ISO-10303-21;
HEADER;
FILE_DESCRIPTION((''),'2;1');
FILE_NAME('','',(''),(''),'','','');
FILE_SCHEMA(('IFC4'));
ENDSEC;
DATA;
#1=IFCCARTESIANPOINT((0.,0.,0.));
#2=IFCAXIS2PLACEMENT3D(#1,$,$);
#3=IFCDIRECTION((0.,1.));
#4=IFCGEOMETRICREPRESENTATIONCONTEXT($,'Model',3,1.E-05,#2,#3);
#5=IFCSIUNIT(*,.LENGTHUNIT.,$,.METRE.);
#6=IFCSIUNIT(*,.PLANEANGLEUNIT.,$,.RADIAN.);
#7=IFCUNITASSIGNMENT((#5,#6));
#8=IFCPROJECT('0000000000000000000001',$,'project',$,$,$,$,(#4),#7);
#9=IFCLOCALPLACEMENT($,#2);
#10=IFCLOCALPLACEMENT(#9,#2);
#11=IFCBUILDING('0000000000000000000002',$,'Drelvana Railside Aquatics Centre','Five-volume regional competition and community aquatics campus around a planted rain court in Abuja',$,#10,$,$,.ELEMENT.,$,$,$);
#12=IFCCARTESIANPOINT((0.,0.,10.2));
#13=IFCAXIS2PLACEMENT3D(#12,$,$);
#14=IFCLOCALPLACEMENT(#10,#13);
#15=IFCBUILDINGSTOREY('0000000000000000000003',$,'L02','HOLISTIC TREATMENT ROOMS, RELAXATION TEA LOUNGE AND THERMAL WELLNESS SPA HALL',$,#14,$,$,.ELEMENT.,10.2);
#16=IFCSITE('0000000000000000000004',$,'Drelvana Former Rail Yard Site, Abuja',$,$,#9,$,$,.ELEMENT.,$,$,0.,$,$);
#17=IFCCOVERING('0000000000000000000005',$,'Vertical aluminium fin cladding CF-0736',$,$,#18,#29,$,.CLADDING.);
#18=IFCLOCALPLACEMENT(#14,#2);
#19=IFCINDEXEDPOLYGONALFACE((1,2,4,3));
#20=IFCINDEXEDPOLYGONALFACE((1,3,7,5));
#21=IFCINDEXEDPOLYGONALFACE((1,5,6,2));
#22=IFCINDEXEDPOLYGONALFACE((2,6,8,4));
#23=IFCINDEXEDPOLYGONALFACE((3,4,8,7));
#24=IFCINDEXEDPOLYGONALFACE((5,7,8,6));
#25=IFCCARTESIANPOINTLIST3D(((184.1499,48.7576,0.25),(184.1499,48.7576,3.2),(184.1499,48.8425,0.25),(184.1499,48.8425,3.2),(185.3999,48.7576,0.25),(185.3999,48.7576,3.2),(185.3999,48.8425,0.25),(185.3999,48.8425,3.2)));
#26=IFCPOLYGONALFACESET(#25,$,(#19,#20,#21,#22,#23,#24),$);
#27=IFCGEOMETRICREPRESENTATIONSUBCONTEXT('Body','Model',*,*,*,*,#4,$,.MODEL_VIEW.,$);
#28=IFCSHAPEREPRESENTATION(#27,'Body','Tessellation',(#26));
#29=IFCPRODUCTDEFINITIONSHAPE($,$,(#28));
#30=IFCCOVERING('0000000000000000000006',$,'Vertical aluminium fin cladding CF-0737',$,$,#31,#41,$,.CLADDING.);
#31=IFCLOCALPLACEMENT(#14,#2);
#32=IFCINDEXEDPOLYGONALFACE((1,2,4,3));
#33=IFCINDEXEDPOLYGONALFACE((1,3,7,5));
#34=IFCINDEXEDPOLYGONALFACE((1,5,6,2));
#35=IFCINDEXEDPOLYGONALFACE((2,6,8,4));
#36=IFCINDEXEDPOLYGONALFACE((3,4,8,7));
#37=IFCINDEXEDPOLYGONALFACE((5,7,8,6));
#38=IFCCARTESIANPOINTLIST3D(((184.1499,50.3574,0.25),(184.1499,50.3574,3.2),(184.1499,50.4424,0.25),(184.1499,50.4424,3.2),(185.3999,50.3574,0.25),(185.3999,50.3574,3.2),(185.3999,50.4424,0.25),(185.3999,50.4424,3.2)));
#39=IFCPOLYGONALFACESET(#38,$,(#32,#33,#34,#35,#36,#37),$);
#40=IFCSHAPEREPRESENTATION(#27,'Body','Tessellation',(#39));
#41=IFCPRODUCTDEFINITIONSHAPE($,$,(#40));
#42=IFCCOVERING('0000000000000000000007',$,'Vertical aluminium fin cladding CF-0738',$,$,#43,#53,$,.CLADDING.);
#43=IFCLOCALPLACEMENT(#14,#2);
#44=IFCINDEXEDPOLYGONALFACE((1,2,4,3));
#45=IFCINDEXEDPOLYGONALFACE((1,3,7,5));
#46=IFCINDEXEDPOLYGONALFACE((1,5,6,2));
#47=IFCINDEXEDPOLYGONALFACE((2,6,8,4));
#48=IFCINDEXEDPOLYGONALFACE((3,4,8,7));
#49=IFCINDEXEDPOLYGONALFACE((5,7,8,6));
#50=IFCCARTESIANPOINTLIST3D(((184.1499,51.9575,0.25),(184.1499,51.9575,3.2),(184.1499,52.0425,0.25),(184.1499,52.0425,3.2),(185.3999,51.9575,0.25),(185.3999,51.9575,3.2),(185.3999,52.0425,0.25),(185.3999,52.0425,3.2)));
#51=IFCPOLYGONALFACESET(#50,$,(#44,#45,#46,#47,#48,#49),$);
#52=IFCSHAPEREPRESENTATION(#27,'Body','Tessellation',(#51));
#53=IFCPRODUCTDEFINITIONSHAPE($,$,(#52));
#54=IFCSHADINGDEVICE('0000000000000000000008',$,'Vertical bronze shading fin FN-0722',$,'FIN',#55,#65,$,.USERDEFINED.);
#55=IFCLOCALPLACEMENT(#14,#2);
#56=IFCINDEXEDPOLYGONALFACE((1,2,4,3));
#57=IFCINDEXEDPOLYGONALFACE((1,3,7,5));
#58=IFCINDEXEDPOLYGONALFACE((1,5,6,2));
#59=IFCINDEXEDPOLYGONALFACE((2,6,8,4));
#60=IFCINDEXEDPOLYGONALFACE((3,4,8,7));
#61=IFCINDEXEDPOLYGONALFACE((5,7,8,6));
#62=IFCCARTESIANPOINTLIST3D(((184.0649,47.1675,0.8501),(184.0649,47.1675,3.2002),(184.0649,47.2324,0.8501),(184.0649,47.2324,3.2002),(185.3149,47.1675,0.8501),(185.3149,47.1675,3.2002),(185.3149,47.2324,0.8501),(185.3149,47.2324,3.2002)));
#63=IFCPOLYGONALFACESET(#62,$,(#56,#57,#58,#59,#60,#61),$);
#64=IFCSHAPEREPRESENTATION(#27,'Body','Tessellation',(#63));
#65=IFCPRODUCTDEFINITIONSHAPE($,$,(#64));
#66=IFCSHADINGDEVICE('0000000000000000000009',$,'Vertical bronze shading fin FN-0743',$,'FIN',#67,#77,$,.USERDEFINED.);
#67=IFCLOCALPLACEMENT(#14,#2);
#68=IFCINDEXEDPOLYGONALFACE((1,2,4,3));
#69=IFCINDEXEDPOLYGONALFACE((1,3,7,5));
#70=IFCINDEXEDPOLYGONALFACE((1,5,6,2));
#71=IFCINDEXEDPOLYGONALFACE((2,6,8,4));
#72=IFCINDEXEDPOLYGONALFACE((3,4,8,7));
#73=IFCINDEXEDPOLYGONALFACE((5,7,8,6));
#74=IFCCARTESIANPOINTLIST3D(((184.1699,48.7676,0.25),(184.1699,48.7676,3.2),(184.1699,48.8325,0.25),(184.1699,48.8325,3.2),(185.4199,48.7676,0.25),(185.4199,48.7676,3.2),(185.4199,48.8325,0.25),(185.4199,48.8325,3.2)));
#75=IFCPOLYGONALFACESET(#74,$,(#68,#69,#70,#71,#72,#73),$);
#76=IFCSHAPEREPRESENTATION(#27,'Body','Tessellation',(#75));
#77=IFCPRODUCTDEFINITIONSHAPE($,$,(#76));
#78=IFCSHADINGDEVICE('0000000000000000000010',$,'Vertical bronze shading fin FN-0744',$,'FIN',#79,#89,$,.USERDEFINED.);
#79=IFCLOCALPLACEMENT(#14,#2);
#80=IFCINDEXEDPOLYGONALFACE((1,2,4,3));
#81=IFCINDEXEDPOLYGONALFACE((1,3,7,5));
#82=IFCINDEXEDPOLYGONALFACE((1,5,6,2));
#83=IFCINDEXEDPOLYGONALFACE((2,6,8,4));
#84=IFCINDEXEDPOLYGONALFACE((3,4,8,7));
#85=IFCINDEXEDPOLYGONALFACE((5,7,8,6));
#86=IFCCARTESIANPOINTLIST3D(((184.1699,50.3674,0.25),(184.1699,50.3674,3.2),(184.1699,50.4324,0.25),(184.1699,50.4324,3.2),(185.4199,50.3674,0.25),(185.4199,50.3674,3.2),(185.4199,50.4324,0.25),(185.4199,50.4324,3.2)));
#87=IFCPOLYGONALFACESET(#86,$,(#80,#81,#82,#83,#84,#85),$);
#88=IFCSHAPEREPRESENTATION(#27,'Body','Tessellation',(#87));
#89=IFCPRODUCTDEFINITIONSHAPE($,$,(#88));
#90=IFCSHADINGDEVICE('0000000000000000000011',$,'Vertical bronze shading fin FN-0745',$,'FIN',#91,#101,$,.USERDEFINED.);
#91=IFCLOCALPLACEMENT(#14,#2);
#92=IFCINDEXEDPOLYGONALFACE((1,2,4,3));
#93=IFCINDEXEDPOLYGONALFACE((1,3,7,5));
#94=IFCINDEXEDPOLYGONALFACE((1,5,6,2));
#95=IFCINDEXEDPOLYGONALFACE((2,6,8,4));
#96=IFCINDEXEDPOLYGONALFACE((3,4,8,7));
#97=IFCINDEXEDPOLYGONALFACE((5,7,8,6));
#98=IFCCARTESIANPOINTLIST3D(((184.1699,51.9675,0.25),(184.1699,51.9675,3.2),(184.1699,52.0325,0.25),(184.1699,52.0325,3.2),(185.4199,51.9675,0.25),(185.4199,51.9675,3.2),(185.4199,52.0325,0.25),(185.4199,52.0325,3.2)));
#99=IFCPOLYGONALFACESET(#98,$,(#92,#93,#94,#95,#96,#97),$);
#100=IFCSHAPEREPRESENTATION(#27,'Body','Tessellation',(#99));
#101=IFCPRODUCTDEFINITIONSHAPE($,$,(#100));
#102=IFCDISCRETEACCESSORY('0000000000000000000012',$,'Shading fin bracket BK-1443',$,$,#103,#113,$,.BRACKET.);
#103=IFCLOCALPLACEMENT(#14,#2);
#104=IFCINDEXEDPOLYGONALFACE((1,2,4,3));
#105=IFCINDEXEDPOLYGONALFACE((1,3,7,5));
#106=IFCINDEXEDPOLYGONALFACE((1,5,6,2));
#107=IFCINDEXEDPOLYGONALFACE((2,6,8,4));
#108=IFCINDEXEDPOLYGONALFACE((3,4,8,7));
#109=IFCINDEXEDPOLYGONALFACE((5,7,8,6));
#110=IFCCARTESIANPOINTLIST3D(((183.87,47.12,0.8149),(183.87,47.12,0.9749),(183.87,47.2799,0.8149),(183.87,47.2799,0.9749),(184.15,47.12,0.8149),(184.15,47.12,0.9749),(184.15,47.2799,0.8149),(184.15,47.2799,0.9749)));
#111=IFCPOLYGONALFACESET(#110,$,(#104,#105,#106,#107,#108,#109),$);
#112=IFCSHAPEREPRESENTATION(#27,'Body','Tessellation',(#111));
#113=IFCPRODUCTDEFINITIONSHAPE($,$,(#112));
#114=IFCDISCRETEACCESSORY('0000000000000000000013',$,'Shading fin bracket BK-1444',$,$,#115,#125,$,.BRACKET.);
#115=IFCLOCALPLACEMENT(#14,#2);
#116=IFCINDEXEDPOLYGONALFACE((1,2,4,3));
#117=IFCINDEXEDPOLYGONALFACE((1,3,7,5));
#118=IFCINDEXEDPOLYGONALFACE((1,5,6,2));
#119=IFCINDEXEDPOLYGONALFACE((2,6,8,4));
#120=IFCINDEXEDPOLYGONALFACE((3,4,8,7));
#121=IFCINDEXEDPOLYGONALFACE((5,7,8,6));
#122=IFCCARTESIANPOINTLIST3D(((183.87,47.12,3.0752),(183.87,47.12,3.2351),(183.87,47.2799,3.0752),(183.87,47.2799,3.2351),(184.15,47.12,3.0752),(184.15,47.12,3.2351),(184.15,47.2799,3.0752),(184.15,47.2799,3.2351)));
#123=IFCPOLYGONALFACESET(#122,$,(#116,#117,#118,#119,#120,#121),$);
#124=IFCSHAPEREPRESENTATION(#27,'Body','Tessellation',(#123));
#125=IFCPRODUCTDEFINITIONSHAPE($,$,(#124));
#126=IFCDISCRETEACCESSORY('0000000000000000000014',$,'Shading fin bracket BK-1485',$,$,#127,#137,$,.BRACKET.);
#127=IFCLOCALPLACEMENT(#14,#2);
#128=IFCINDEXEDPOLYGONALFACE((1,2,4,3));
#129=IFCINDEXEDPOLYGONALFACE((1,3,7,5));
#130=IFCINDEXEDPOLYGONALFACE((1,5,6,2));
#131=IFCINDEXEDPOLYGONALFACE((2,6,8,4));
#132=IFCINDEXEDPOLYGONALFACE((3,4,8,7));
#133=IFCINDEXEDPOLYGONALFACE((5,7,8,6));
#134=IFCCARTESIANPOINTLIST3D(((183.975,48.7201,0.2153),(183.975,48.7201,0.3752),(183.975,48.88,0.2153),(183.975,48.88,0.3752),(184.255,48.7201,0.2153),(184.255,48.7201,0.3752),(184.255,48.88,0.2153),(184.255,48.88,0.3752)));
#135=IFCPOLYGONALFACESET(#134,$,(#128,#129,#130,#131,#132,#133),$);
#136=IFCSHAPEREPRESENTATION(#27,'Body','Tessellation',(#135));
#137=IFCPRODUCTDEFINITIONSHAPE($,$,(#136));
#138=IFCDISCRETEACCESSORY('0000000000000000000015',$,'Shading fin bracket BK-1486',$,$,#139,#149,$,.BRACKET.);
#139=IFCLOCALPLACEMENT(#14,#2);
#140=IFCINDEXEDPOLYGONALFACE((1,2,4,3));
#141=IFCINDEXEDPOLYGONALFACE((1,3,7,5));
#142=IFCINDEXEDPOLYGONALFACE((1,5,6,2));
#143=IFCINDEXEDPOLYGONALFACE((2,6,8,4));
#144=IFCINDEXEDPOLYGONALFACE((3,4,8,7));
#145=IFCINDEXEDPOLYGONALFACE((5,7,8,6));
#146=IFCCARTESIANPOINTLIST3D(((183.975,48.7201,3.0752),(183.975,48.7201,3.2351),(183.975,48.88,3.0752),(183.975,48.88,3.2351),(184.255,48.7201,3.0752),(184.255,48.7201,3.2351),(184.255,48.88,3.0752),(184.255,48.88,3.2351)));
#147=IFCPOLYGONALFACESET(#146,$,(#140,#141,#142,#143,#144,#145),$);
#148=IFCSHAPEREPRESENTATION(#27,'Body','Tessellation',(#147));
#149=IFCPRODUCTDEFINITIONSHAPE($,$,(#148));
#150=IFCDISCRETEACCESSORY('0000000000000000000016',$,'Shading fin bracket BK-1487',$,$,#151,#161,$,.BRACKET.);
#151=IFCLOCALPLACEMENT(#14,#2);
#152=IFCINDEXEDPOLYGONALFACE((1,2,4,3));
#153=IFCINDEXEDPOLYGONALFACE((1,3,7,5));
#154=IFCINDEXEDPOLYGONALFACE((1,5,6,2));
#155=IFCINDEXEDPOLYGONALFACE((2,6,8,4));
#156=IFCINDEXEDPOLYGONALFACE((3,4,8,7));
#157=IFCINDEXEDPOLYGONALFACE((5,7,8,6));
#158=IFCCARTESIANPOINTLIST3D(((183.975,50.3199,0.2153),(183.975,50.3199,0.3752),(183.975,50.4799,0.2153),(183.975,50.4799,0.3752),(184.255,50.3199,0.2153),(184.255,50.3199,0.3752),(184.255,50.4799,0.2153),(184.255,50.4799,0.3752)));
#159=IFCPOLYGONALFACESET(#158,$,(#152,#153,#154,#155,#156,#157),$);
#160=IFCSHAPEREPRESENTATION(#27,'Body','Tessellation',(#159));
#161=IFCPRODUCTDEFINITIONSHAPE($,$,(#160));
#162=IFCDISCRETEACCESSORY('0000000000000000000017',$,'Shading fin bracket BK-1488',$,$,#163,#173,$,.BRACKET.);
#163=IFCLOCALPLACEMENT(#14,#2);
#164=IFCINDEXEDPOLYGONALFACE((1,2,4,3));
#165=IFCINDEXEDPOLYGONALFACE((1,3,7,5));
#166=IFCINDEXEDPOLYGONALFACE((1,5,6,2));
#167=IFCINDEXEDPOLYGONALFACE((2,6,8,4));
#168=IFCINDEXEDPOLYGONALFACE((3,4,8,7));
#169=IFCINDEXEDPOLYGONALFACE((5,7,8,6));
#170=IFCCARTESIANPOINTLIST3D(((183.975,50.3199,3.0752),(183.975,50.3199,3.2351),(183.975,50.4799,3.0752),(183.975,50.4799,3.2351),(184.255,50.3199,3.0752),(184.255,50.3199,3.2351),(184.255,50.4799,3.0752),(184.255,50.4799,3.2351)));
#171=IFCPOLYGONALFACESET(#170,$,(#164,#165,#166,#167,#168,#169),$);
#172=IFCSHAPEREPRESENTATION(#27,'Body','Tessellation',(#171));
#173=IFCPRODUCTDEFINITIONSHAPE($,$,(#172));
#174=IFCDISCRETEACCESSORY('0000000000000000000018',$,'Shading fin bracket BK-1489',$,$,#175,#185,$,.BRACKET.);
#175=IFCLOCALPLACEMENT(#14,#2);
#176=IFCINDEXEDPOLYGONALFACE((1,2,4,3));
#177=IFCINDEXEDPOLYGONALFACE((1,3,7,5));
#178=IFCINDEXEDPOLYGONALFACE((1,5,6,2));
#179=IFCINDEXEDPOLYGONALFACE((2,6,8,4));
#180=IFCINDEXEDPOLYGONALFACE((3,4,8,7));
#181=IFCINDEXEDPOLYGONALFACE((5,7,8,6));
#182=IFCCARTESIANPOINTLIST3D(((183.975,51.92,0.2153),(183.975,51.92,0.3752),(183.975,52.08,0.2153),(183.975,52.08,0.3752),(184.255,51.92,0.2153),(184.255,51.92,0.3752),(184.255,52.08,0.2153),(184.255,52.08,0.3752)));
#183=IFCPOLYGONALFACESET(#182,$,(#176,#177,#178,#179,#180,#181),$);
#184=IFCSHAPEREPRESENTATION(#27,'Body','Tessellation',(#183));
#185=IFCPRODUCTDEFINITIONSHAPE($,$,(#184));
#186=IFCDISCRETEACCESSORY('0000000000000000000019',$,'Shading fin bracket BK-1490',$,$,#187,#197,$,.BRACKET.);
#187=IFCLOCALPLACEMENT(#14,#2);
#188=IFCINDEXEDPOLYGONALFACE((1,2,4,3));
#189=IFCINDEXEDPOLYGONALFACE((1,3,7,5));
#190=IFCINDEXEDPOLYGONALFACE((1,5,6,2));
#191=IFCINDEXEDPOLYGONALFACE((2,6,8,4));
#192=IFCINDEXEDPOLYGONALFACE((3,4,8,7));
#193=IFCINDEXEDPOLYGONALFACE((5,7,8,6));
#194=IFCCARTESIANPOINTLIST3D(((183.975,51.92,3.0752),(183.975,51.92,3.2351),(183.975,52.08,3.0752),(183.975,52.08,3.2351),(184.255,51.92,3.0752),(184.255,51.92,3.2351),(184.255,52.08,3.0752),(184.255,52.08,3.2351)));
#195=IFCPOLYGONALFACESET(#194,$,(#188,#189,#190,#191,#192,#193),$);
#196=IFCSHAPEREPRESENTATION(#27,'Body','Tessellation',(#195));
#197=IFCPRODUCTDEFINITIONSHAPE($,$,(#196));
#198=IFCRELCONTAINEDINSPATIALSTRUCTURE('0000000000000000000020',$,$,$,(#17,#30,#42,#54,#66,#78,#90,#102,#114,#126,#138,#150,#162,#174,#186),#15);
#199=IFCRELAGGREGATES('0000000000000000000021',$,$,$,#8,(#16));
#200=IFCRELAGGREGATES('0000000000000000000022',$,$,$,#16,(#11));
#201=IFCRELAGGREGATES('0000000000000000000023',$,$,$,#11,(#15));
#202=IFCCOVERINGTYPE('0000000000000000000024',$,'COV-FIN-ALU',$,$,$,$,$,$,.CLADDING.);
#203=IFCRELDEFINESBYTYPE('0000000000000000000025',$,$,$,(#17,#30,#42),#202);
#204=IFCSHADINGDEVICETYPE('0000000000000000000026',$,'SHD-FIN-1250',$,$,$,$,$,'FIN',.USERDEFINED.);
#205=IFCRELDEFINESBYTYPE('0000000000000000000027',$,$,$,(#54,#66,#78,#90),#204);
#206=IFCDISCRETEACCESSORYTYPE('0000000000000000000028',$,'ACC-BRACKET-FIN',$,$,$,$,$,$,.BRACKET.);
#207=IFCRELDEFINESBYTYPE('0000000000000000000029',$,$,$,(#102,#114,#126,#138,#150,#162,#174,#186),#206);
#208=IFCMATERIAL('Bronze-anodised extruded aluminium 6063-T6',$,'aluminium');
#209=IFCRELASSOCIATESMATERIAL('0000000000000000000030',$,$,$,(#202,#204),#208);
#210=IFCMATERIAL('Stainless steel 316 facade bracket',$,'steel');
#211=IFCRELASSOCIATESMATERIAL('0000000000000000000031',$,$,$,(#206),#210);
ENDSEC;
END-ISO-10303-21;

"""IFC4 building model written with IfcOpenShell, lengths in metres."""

from ifc_helpers import new_model, si_unit, direction, frame, origin, origin_2d, place, context, subcontext, project, spatial, rectangle, extrude, material, type_object, element, save


model = new_model("IFC4")

# Units and contexts
model_context = context("Model", 3, precision=1e-05, world=origin(), true_north=direction((0.0, 1.0)))
body_context = subcontext(model_context, "Body", "Model", "MODEL_VIEW")
ifc_project = project(units=[si_unit("LENGTHUNIT", "METRE"), si_unit("PLANEANGLEUNIT", "RADIAN")], contexts=[model_context])

# Site, building, storey
site_placement = place(None, origin())
site = spatial("IfcSite", under=ifc_project, at=site_placement, Name="Drelvana Former Rail Yard Site, Abuja", CompositionType="ELEMENT", RefElevation=0.0)
building_placement = place(site_placement, origin())
building = spatial("IfcBuilding", under=site, at=building_placement, Name="Drelvana Railside Aquatics Centre", Description="Five-volume regional competition and community aquatics campus around a planted rain court in Abuja", CompositionType="ELEMENT")
storey_placement = place(building_placement, frame((0.0, 0.0, 10.2)))
storey = spatial("IfcBuildingStorey", under=building, at=storey_placement, Name="L02", Description="HOLISTIC TREATMENT ROOMS, RELAXATION TEA LOUNGE AND THERMAL WELLNESS SPA HALL", CompositionType="ELEMENT", Elevation=10.2)

# Coverings
ifc_material_1 = material(Name="Bronze-anodised extruded aluminium 6063-T6", Category="aluminium")
covering_type = type_object("IfcCoveringType", Name="COV-FIN-ALU", PredefinedType="CLADDING", material=ifc_material_1)
for number, where, z_axis, x_axis, name in (
    (1, (184.7749, 48.8, 0.25), (0.0, 0.0, 1.0), (0.0, -1.0, 0.0), "Vertical aluminium fin cladding CF-0736"),
    (2, (184.7749, 50.3999, 0.25), (0.0, 0.0, 1.0), (0.0, -1.0, 0.0), "Vertical aluminium fin cladding CF-0737"),
    (3, (184.7749, 52.0, 0.25), (0.0, 0.0, 1.0), (0.0, -1.0, 0.0), "Vertical aluminium fin cladding CF-0738"),
):
    element("IfcCovering", number, at=place(storey_placement, frame(where, z_axis=z_axis, x_axis=x_axis)), inside=storey, type_object=covering_type, Name=name, PredefinedType="CLADDING", context=body_context, shape_type="SweptSolid", body=[
        extrude(rectangle(XDim=0.085, YDim=1.25, at=origin_2d()), origin(), (0.0, 0.0, 1.0), 2.95),
    ])

# Shading devices
shading_device_type = type_object("IfcShadingDeviceType", Name="SHD-FIN-1250", ElementType="FIN", PredefinedType="USERDEFINED", material=ifc_material_1)
shading_device_placement = place(storey_placement, frame((184.6899, 47.2, 0.8501), z_axis=(0.0, 0.0, 1.0), x_axis=(1.0, 0.0, 0.0)))
element("IfcShadingDevice", 4, at=shading_device_placement, inside=storey, type_object=shading_device_type, Name="Vertical bronze shading fin FN-0722", ObjectType="FIN", PredefinedType="USERDEFINED", context=body_context, shape_type="SweptSolid", body=[
    extrude(rectangle(XDim=1.25, YDim=0.0649, at=origin_2d()), origin(), (0.0, 0.0, 1.0), 2.3501),
])
for number, where, z_axis, x_axis, name in (
    (5, (184.7949, 48.8, 0.25), (0.0, 0.0, 1.0), (1.0, 0.0, 0.0), "Vertical bronze shading fin FN-0743"),
    (6, (184.7949, 50.3999, 0.25), (0.0, 0.0, 1.0), (1.0, 0.0, 0.0), "Vertical bronze shading fin FN-0744"),
    (7, (184.7949, 52.0, 0.25), (0.0, 0.0, 1.0), (1.0, 0.0, 0.0), "Vertical bronze shading fin FN-0745"),
):
    element("IfcShadingDevice", number, at=place(storey_placement, frame(where, z_axis=z_axis, x_axis=x_axis)), inside=storey, type_object=shading_device_type, Name=name, ObjectType="FIN", PredefinedType="USERDEFINED", context=body_context, shape_type="SweptSolid", body=[
        extrude(rectangle(XDim=1.25, YDim=0.0649, at=origin_2d()), origin(), (0.0, 0.0, 1.0), 2.95),
    ])

# Discrete accessories
ifc_material_2 = material(Name="Stainless steel 316 facade bracket", Category="steel")
discrete_accessory_type = type_object("IfcDiscreteAccessoryType", Name="ACC-BRACKET-FIN", PredefinedType="BRACKET", material=ifc_material_2)
for number, where, z_axis, x_axis, name in (
    (8, (184.01, 47.2, 0.8149), (0.0, 0.0, 1.0), (1.0, 0.0, 0.0), "Shading fin bracket BK-1443"),
    (9, (184.01, 47.2, 3.0752), (0.0, 0.0, 1.0), (1.0, 0.0, 0.0), "Shading fin bracket BK-1444"),
    (10, (184.115, 48.8, 0.2153), (0.0, 0.0, 1.0), (1.0, 0.0, 0.0), "Shading fin bracket BK-1485"),
    (11, (184.115, 48.8, 3.0752), (0.0, 0.0, 1.0), (1.0, 0.0, 0.0), "Shading fin bracket BK-1486"),
    (12, (184.115, 50.3999, 0.2153), (0.0, 0.0, 1.0), (1.0, 0.0, 0.0), "Shading fin bracket BK-1487"),
    (13, (184.115, 50.3999, 3.0752), (0.0, 0.0, 1.0), (1.0, 0.0, 0.0), "Shading fin bracket BK-1488"),
    (14, (184.115, 52.0, 0.2153), (0.0, 0.0, 1.0), (1.0, 0.0, 0.0), "Shading fin bracket BK-1489"),
    (15, (184.115, 52.0, 3.0752), (0.0, 0.0, 1.0), (1.0, 0.0, 0.0), "Shading fin bracket BK-1490"),
):
    element("IfcDiscreteAccessory", number, at=place(storey_placement, frame(where, z_axis=z_axis, x_axis=x_axis)), inside=storey, type_object=discrete_accessory_type, Name=name, PredefinedType="BRACKET", context=body_context, shape_type="SweptSolid", body=[
        extrude(rectangle(XDim=0.28, YDim=0.1599, at=origin_2d()), origin(), (0.0, 0.0, 1.0), 0.1599),
    ])

save(model, "model.ifc")
